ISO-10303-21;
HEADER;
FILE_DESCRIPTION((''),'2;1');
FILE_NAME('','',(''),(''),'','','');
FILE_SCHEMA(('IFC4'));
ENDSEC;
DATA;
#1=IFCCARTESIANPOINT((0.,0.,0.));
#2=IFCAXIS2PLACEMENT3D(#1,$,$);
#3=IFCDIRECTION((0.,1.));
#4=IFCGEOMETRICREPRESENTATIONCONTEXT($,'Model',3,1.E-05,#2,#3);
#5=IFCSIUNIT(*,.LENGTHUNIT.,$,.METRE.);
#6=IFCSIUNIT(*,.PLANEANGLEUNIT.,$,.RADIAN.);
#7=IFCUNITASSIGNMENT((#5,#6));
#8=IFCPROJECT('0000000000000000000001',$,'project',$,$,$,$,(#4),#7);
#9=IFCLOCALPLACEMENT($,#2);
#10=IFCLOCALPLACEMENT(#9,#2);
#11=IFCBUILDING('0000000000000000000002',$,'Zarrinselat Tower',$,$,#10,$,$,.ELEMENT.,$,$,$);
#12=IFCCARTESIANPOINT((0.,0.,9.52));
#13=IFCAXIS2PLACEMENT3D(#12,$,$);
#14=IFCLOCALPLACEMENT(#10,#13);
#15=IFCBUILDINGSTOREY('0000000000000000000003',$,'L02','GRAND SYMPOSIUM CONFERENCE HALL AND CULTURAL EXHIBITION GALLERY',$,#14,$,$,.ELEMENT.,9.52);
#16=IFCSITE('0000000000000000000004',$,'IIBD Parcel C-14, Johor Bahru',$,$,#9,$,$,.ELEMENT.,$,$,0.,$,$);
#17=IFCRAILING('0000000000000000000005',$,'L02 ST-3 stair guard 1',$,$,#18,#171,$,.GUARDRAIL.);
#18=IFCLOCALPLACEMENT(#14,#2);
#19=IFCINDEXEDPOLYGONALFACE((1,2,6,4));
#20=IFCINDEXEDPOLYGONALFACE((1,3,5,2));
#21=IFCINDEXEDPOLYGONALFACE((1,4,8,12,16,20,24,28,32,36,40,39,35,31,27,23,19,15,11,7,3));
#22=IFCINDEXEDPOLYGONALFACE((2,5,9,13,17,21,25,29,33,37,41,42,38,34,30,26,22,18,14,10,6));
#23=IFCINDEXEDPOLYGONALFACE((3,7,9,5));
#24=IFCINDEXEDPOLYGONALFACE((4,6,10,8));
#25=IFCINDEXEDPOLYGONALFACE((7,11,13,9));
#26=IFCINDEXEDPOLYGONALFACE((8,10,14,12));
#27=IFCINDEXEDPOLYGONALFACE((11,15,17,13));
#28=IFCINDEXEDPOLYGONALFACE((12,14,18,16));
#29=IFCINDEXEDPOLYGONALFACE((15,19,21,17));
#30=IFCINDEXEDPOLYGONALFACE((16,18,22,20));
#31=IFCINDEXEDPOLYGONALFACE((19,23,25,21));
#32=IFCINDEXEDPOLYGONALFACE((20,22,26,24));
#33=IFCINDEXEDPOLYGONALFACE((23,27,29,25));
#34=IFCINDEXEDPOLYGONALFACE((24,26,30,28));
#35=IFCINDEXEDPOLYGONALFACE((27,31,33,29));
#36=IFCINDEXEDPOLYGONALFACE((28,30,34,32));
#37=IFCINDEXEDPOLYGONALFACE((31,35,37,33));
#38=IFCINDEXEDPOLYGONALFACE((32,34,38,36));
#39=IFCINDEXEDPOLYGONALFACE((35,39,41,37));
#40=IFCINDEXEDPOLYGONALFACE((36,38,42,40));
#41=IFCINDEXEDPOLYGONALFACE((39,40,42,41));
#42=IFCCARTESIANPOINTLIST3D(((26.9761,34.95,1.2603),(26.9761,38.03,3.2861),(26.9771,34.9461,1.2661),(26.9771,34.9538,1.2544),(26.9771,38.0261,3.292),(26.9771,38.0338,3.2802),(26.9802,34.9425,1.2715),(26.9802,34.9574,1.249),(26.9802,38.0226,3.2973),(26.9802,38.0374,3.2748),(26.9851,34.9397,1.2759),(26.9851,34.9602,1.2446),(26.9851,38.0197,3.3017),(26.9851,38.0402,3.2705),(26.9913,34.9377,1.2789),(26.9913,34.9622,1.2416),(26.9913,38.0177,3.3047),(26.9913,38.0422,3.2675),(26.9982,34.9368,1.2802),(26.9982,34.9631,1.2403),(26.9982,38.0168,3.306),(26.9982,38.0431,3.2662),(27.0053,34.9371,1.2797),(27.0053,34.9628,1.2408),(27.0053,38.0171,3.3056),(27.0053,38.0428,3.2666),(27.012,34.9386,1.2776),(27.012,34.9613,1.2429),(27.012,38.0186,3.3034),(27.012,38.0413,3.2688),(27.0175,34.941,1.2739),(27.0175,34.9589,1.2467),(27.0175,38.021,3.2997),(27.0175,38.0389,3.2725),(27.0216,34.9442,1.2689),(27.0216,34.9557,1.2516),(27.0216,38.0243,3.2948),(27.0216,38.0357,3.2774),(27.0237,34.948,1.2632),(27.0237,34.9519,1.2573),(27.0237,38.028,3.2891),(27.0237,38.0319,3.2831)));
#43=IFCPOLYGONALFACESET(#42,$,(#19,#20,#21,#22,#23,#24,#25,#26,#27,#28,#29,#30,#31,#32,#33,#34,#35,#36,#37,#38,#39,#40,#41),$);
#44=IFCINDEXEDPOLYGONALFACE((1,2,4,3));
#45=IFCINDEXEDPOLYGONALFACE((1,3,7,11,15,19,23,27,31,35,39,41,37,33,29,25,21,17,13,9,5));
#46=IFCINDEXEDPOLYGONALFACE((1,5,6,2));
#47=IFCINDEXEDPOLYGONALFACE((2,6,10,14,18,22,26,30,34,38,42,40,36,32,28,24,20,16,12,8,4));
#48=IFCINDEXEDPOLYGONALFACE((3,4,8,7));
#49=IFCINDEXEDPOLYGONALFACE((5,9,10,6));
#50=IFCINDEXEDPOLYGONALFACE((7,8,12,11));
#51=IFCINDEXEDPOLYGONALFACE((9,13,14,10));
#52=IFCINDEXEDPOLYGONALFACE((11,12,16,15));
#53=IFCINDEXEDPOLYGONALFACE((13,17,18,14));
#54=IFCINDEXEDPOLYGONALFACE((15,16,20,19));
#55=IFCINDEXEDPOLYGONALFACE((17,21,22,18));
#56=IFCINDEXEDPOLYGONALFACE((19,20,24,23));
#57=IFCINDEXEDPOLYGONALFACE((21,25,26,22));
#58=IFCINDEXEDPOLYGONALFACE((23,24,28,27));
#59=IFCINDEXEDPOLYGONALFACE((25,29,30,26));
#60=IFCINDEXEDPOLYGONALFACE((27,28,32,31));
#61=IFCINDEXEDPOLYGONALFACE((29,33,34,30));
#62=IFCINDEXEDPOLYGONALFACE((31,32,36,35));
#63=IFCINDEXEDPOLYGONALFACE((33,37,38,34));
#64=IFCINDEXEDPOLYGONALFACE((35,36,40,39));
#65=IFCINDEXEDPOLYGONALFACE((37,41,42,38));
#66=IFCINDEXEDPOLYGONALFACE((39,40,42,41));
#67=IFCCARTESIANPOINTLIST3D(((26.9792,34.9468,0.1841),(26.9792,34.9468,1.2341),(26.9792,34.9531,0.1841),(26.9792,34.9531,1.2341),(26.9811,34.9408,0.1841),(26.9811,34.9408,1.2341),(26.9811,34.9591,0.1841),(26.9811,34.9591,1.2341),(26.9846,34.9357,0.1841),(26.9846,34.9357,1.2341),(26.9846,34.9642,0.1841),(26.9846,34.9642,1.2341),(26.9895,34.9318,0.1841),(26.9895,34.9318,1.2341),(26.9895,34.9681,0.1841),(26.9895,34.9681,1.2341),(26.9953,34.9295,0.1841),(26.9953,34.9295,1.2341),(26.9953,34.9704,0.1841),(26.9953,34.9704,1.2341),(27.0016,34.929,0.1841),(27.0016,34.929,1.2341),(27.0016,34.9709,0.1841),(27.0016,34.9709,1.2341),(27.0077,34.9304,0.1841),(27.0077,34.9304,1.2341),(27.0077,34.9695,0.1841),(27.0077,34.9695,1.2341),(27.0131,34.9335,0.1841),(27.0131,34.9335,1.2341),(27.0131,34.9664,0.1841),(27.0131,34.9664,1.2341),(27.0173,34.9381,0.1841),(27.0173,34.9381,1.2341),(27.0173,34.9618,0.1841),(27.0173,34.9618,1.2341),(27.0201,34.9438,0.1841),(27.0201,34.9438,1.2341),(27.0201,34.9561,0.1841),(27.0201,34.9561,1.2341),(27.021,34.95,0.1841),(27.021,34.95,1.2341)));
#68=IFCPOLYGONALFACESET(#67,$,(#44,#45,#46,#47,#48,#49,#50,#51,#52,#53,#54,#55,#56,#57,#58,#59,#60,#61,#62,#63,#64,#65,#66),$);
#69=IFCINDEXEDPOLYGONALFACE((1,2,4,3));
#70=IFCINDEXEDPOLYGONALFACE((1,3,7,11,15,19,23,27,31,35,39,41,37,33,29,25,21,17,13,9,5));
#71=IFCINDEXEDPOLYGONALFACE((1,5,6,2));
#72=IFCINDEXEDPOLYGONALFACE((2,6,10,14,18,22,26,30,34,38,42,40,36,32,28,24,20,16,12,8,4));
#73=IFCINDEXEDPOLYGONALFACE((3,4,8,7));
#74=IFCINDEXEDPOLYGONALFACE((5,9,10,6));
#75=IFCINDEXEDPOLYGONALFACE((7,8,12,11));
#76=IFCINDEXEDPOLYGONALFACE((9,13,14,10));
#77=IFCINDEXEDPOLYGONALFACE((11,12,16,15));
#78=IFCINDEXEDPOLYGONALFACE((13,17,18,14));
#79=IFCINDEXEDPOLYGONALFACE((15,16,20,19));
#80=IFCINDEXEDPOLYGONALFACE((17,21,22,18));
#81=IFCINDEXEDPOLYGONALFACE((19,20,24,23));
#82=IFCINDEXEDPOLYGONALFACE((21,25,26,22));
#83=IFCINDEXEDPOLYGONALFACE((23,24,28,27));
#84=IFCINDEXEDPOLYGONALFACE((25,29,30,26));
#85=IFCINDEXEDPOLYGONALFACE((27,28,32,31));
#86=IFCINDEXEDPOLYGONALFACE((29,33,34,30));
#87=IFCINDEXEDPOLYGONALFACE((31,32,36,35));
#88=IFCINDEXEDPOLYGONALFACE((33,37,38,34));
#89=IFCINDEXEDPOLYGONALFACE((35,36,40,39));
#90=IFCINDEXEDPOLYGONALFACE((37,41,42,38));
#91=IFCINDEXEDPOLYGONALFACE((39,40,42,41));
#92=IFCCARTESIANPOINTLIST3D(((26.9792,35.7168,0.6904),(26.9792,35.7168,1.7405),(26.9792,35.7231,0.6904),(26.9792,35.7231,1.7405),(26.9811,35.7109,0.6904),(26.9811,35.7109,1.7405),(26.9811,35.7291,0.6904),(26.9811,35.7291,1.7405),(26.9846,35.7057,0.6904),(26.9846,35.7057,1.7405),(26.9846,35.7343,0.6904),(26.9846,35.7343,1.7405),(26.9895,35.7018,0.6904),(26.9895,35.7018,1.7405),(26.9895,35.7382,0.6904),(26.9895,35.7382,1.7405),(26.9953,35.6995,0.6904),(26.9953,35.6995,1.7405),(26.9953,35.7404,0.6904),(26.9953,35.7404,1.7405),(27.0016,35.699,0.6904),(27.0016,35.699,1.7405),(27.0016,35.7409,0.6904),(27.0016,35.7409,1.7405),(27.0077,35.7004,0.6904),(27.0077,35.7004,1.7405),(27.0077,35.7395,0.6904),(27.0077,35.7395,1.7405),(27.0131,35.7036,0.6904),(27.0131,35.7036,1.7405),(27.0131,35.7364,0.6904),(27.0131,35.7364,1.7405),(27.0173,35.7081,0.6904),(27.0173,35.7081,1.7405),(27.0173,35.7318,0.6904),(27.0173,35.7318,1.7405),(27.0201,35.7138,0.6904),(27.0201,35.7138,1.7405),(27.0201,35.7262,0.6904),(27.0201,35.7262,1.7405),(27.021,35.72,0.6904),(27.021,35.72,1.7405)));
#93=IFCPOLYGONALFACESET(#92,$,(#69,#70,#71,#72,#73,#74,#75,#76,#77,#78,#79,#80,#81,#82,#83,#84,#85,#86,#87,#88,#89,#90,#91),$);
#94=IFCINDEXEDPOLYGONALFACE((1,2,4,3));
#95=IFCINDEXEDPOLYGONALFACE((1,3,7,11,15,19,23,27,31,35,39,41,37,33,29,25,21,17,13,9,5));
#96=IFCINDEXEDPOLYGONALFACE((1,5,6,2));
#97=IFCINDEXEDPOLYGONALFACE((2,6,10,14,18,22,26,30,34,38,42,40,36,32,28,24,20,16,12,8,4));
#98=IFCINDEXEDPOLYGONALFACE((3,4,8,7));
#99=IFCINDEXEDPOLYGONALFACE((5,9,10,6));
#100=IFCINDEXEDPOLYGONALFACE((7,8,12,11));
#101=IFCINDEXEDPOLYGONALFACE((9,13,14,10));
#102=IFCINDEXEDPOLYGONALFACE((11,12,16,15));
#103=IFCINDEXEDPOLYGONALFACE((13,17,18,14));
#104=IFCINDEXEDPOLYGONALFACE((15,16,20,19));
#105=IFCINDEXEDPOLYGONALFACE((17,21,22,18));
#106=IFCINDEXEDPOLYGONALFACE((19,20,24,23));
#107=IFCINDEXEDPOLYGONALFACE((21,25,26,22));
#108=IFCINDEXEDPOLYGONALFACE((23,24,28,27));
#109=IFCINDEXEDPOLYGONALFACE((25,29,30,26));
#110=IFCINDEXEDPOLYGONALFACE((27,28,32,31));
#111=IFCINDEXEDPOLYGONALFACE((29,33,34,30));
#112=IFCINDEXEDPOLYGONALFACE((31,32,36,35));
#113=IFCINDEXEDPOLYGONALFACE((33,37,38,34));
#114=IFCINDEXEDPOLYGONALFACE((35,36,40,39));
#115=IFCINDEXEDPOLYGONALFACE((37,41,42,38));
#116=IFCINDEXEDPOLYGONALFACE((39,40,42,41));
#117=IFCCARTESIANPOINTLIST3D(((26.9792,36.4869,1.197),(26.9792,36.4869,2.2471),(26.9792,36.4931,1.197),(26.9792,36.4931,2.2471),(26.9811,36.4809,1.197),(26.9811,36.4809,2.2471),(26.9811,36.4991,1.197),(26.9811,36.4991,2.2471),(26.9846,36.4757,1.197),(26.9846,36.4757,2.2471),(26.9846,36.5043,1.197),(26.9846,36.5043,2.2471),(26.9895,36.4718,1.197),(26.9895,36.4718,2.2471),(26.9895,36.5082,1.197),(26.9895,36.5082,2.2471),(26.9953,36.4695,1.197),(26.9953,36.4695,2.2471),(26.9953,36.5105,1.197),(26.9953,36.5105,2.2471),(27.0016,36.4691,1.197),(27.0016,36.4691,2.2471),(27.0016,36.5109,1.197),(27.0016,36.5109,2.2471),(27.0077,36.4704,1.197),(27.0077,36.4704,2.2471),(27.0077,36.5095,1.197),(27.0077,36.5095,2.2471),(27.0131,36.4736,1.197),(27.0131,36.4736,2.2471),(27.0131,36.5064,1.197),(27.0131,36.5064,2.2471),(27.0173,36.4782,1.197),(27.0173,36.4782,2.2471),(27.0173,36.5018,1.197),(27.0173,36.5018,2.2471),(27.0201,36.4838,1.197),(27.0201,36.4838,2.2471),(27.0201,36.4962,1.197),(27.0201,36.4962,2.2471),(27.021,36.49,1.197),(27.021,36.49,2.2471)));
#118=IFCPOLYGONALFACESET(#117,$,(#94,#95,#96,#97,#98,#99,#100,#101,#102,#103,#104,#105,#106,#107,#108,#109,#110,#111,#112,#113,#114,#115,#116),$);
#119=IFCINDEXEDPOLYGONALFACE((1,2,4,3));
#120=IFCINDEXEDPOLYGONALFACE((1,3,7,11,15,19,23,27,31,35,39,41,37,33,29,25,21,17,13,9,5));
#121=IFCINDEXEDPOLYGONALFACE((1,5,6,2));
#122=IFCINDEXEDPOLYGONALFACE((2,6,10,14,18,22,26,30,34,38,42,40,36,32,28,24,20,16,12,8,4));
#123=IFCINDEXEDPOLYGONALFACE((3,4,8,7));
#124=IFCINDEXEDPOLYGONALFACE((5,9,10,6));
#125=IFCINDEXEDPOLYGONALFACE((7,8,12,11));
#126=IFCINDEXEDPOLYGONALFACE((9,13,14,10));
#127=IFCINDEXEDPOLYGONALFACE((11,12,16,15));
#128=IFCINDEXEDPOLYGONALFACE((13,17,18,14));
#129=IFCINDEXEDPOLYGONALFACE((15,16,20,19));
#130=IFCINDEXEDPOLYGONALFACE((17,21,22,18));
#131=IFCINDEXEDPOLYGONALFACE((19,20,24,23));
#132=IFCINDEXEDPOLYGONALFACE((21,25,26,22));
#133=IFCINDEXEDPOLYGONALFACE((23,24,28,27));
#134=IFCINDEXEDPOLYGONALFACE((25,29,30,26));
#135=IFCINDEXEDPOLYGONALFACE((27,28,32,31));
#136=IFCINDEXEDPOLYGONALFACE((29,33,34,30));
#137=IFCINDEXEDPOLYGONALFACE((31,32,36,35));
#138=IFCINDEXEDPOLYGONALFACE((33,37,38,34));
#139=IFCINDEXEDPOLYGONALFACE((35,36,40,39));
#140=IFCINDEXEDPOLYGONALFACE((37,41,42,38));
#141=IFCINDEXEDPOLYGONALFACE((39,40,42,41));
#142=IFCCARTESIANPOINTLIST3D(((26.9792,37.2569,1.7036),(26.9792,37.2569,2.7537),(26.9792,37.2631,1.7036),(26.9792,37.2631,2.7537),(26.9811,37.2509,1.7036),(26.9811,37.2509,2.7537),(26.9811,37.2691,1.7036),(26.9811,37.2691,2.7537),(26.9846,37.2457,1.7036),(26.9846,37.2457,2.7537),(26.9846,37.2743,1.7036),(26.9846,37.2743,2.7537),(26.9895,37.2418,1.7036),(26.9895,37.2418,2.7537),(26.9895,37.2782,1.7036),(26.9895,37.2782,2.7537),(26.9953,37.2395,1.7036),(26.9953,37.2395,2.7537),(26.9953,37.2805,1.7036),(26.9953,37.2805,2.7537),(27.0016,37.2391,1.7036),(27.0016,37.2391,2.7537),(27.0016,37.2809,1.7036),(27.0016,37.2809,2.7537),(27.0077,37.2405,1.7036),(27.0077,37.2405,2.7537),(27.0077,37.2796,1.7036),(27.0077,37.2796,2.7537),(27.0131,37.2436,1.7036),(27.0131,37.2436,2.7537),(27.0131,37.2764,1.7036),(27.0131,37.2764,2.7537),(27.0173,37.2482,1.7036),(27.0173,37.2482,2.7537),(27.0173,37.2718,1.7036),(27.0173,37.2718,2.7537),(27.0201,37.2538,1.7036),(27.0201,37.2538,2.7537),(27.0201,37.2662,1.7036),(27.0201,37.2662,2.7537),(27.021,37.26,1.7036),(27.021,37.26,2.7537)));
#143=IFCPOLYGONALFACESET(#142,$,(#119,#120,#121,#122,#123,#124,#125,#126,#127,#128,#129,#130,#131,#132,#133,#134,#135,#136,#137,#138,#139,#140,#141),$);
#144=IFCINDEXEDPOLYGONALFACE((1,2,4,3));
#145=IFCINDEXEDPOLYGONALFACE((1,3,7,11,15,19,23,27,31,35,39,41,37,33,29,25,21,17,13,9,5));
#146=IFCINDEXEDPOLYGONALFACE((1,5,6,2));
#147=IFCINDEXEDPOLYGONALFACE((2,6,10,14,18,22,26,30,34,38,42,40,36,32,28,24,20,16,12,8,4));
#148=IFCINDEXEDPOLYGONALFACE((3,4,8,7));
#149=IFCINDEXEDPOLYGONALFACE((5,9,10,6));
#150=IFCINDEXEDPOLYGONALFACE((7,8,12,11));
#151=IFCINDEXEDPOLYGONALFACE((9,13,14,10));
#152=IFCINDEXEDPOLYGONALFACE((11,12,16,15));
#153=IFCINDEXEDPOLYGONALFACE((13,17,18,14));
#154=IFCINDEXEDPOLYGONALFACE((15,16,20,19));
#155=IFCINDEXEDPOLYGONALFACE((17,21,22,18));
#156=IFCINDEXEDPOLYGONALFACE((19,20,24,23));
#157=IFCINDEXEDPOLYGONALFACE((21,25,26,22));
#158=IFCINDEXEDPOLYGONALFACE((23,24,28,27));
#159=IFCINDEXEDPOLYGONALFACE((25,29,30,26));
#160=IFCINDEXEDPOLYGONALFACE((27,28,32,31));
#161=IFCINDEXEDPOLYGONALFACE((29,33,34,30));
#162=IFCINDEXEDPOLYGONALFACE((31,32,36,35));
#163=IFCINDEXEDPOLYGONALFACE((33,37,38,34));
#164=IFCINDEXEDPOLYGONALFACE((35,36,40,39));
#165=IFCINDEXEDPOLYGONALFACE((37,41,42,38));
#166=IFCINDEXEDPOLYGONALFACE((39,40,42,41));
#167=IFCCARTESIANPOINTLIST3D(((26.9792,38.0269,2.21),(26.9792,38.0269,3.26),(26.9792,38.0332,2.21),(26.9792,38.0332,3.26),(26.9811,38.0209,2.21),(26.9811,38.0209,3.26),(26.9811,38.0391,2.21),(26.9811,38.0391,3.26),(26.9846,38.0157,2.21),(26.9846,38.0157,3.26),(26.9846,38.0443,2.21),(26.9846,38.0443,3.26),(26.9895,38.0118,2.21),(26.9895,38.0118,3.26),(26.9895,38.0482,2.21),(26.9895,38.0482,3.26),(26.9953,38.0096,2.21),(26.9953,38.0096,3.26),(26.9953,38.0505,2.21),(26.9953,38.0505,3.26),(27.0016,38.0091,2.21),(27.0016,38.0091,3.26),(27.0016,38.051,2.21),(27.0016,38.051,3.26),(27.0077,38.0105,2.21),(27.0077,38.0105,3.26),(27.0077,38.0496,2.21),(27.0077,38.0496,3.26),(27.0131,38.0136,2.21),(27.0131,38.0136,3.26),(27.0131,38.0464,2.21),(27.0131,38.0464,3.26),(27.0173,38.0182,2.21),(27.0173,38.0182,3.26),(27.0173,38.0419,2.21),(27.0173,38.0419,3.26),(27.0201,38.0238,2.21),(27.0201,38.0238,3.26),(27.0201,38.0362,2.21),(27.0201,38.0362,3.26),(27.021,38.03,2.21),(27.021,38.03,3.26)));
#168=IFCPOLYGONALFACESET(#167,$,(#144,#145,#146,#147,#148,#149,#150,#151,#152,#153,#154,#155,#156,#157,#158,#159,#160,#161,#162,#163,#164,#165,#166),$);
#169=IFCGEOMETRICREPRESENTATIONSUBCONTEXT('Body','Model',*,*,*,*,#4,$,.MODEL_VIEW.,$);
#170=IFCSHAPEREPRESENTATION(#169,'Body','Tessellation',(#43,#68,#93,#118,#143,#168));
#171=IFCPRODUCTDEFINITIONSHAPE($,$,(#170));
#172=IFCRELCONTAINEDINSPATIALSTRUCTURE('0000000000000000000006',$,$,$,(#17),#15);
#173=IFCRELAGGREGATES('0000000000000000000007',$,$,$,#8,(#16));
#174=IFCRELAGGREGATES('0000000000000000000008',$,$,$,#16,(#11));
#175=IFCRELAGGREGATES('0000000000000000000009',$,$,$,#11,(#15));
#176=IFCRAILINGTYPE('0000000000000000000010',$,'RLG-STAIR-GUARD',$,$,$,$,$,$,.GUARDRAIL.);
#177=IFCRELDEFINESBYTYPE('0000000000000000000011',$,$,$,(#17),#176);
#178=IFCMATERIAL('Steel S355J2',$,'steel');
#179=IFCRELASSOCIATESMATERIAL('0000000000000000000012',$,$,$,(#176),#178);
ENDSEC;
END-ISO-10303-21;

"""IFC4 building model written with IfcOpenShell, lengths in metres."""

from ifc_helpers import new_model, si_unit, direction, frame, origin, origin_2d, place, context, subcontext, project, spatial, circle, extrude, material, type_object, element, save


model = new_model("IFC4")

# Units and contexts
model_context = context("Model", 3, precision=1e-05, world=origin(), true_north=direction((0.0, 1.0)))
body_context = subcontext(model_context, "Body", "Model", "MODEL_VIEW")
ifc_project = project(units=[si_unit("LENGTHUNIT", "METRE"), si_unit("PLANEANGLEUNIT", "RADIAN")], contexts=[model_context])

# Site, building, storey
site_placement = place(None, origin())
site = spatial("IfcSite", under=ifc_project, at=site_placement, Name="IIBD Parcel C-14, Johor Bahru", CompositionType="ELEMENT", RefElevation=0.0)
building_placement = place(site_placement, origin())
building = spatial("IfcBuilding", under=site, at=building_placement, Name="Zarrinselat Tower", CompositionType="ELEMENT")
storey_placement = place(building_placement, frame((0.0, 0.0, 9.52)))
storey = spatial("IfcBuildingStorey", under=building, at=storey_placement, Name="L02", Description="GRAND SYMPOSIUM CONFERENCE HALL AND CULTURAL EXHIBITION GALLERY", CompositionType="ELEMENT", Elevation=9.52)

# Railing
ifc_material_1 = material(Name="Steel S355J2", Category="steel")
railing_type_1 = type_object("IfcRailingType", Name="RLG-STAIR-GUARD", PredefinedType="GUARDRAIL", material=ifc_material_1)
railing_1_placement = place(storey_placement, frame((27.0, 34.95, 0.1841)))
element("IfcRailing", 1, at=railing_1_placement, inside=storey, type_object=railing_type_1, Name="L02 ST-3 stair guard 1", PredefinedType="GUARDRAIL", context=body_context, shape_type="SweptSolid", body=[
    extrude(circle(Radius=0.0239, at=origin_2d()), frame((0.0, 0.0, 1.0762), z_axis=(0.0, 0.835478, 0.549524), x_axis=(-1.0, 0.0, 0.0)), (0.0, 0.0, 1.0), 3.6865),
    extrude(circle(Radius=0.021, at=origin_2d()), origin(), (0.0, 0.0, 1.0), 1.05),
    extrude(circle(Radius=0.021, at=origin_2d()), frame((0.0, 0.77, 0.5063)), (0.0, 0.0, 1.0), 1.05),
    extrude(circle(Radius=0.021, at=origin_2d()), frame((0.0, 1.54, 1.0129)), (0.0, 0.0, 1.0), 1.05),
    extrude(circle(Radius=0.021, at=origin_2d()), frame((0.0, 2.3101, 1.5195)), (0.0, 0.0, 1.0), 1.05),
    extrude(circle(Radius=0.021, at=origin_2d()), frame((0.0, 3.0801, 2.0259)), (0.0, 0.0, 1.0), 1.05),
])

save(model, "model.ifc")
